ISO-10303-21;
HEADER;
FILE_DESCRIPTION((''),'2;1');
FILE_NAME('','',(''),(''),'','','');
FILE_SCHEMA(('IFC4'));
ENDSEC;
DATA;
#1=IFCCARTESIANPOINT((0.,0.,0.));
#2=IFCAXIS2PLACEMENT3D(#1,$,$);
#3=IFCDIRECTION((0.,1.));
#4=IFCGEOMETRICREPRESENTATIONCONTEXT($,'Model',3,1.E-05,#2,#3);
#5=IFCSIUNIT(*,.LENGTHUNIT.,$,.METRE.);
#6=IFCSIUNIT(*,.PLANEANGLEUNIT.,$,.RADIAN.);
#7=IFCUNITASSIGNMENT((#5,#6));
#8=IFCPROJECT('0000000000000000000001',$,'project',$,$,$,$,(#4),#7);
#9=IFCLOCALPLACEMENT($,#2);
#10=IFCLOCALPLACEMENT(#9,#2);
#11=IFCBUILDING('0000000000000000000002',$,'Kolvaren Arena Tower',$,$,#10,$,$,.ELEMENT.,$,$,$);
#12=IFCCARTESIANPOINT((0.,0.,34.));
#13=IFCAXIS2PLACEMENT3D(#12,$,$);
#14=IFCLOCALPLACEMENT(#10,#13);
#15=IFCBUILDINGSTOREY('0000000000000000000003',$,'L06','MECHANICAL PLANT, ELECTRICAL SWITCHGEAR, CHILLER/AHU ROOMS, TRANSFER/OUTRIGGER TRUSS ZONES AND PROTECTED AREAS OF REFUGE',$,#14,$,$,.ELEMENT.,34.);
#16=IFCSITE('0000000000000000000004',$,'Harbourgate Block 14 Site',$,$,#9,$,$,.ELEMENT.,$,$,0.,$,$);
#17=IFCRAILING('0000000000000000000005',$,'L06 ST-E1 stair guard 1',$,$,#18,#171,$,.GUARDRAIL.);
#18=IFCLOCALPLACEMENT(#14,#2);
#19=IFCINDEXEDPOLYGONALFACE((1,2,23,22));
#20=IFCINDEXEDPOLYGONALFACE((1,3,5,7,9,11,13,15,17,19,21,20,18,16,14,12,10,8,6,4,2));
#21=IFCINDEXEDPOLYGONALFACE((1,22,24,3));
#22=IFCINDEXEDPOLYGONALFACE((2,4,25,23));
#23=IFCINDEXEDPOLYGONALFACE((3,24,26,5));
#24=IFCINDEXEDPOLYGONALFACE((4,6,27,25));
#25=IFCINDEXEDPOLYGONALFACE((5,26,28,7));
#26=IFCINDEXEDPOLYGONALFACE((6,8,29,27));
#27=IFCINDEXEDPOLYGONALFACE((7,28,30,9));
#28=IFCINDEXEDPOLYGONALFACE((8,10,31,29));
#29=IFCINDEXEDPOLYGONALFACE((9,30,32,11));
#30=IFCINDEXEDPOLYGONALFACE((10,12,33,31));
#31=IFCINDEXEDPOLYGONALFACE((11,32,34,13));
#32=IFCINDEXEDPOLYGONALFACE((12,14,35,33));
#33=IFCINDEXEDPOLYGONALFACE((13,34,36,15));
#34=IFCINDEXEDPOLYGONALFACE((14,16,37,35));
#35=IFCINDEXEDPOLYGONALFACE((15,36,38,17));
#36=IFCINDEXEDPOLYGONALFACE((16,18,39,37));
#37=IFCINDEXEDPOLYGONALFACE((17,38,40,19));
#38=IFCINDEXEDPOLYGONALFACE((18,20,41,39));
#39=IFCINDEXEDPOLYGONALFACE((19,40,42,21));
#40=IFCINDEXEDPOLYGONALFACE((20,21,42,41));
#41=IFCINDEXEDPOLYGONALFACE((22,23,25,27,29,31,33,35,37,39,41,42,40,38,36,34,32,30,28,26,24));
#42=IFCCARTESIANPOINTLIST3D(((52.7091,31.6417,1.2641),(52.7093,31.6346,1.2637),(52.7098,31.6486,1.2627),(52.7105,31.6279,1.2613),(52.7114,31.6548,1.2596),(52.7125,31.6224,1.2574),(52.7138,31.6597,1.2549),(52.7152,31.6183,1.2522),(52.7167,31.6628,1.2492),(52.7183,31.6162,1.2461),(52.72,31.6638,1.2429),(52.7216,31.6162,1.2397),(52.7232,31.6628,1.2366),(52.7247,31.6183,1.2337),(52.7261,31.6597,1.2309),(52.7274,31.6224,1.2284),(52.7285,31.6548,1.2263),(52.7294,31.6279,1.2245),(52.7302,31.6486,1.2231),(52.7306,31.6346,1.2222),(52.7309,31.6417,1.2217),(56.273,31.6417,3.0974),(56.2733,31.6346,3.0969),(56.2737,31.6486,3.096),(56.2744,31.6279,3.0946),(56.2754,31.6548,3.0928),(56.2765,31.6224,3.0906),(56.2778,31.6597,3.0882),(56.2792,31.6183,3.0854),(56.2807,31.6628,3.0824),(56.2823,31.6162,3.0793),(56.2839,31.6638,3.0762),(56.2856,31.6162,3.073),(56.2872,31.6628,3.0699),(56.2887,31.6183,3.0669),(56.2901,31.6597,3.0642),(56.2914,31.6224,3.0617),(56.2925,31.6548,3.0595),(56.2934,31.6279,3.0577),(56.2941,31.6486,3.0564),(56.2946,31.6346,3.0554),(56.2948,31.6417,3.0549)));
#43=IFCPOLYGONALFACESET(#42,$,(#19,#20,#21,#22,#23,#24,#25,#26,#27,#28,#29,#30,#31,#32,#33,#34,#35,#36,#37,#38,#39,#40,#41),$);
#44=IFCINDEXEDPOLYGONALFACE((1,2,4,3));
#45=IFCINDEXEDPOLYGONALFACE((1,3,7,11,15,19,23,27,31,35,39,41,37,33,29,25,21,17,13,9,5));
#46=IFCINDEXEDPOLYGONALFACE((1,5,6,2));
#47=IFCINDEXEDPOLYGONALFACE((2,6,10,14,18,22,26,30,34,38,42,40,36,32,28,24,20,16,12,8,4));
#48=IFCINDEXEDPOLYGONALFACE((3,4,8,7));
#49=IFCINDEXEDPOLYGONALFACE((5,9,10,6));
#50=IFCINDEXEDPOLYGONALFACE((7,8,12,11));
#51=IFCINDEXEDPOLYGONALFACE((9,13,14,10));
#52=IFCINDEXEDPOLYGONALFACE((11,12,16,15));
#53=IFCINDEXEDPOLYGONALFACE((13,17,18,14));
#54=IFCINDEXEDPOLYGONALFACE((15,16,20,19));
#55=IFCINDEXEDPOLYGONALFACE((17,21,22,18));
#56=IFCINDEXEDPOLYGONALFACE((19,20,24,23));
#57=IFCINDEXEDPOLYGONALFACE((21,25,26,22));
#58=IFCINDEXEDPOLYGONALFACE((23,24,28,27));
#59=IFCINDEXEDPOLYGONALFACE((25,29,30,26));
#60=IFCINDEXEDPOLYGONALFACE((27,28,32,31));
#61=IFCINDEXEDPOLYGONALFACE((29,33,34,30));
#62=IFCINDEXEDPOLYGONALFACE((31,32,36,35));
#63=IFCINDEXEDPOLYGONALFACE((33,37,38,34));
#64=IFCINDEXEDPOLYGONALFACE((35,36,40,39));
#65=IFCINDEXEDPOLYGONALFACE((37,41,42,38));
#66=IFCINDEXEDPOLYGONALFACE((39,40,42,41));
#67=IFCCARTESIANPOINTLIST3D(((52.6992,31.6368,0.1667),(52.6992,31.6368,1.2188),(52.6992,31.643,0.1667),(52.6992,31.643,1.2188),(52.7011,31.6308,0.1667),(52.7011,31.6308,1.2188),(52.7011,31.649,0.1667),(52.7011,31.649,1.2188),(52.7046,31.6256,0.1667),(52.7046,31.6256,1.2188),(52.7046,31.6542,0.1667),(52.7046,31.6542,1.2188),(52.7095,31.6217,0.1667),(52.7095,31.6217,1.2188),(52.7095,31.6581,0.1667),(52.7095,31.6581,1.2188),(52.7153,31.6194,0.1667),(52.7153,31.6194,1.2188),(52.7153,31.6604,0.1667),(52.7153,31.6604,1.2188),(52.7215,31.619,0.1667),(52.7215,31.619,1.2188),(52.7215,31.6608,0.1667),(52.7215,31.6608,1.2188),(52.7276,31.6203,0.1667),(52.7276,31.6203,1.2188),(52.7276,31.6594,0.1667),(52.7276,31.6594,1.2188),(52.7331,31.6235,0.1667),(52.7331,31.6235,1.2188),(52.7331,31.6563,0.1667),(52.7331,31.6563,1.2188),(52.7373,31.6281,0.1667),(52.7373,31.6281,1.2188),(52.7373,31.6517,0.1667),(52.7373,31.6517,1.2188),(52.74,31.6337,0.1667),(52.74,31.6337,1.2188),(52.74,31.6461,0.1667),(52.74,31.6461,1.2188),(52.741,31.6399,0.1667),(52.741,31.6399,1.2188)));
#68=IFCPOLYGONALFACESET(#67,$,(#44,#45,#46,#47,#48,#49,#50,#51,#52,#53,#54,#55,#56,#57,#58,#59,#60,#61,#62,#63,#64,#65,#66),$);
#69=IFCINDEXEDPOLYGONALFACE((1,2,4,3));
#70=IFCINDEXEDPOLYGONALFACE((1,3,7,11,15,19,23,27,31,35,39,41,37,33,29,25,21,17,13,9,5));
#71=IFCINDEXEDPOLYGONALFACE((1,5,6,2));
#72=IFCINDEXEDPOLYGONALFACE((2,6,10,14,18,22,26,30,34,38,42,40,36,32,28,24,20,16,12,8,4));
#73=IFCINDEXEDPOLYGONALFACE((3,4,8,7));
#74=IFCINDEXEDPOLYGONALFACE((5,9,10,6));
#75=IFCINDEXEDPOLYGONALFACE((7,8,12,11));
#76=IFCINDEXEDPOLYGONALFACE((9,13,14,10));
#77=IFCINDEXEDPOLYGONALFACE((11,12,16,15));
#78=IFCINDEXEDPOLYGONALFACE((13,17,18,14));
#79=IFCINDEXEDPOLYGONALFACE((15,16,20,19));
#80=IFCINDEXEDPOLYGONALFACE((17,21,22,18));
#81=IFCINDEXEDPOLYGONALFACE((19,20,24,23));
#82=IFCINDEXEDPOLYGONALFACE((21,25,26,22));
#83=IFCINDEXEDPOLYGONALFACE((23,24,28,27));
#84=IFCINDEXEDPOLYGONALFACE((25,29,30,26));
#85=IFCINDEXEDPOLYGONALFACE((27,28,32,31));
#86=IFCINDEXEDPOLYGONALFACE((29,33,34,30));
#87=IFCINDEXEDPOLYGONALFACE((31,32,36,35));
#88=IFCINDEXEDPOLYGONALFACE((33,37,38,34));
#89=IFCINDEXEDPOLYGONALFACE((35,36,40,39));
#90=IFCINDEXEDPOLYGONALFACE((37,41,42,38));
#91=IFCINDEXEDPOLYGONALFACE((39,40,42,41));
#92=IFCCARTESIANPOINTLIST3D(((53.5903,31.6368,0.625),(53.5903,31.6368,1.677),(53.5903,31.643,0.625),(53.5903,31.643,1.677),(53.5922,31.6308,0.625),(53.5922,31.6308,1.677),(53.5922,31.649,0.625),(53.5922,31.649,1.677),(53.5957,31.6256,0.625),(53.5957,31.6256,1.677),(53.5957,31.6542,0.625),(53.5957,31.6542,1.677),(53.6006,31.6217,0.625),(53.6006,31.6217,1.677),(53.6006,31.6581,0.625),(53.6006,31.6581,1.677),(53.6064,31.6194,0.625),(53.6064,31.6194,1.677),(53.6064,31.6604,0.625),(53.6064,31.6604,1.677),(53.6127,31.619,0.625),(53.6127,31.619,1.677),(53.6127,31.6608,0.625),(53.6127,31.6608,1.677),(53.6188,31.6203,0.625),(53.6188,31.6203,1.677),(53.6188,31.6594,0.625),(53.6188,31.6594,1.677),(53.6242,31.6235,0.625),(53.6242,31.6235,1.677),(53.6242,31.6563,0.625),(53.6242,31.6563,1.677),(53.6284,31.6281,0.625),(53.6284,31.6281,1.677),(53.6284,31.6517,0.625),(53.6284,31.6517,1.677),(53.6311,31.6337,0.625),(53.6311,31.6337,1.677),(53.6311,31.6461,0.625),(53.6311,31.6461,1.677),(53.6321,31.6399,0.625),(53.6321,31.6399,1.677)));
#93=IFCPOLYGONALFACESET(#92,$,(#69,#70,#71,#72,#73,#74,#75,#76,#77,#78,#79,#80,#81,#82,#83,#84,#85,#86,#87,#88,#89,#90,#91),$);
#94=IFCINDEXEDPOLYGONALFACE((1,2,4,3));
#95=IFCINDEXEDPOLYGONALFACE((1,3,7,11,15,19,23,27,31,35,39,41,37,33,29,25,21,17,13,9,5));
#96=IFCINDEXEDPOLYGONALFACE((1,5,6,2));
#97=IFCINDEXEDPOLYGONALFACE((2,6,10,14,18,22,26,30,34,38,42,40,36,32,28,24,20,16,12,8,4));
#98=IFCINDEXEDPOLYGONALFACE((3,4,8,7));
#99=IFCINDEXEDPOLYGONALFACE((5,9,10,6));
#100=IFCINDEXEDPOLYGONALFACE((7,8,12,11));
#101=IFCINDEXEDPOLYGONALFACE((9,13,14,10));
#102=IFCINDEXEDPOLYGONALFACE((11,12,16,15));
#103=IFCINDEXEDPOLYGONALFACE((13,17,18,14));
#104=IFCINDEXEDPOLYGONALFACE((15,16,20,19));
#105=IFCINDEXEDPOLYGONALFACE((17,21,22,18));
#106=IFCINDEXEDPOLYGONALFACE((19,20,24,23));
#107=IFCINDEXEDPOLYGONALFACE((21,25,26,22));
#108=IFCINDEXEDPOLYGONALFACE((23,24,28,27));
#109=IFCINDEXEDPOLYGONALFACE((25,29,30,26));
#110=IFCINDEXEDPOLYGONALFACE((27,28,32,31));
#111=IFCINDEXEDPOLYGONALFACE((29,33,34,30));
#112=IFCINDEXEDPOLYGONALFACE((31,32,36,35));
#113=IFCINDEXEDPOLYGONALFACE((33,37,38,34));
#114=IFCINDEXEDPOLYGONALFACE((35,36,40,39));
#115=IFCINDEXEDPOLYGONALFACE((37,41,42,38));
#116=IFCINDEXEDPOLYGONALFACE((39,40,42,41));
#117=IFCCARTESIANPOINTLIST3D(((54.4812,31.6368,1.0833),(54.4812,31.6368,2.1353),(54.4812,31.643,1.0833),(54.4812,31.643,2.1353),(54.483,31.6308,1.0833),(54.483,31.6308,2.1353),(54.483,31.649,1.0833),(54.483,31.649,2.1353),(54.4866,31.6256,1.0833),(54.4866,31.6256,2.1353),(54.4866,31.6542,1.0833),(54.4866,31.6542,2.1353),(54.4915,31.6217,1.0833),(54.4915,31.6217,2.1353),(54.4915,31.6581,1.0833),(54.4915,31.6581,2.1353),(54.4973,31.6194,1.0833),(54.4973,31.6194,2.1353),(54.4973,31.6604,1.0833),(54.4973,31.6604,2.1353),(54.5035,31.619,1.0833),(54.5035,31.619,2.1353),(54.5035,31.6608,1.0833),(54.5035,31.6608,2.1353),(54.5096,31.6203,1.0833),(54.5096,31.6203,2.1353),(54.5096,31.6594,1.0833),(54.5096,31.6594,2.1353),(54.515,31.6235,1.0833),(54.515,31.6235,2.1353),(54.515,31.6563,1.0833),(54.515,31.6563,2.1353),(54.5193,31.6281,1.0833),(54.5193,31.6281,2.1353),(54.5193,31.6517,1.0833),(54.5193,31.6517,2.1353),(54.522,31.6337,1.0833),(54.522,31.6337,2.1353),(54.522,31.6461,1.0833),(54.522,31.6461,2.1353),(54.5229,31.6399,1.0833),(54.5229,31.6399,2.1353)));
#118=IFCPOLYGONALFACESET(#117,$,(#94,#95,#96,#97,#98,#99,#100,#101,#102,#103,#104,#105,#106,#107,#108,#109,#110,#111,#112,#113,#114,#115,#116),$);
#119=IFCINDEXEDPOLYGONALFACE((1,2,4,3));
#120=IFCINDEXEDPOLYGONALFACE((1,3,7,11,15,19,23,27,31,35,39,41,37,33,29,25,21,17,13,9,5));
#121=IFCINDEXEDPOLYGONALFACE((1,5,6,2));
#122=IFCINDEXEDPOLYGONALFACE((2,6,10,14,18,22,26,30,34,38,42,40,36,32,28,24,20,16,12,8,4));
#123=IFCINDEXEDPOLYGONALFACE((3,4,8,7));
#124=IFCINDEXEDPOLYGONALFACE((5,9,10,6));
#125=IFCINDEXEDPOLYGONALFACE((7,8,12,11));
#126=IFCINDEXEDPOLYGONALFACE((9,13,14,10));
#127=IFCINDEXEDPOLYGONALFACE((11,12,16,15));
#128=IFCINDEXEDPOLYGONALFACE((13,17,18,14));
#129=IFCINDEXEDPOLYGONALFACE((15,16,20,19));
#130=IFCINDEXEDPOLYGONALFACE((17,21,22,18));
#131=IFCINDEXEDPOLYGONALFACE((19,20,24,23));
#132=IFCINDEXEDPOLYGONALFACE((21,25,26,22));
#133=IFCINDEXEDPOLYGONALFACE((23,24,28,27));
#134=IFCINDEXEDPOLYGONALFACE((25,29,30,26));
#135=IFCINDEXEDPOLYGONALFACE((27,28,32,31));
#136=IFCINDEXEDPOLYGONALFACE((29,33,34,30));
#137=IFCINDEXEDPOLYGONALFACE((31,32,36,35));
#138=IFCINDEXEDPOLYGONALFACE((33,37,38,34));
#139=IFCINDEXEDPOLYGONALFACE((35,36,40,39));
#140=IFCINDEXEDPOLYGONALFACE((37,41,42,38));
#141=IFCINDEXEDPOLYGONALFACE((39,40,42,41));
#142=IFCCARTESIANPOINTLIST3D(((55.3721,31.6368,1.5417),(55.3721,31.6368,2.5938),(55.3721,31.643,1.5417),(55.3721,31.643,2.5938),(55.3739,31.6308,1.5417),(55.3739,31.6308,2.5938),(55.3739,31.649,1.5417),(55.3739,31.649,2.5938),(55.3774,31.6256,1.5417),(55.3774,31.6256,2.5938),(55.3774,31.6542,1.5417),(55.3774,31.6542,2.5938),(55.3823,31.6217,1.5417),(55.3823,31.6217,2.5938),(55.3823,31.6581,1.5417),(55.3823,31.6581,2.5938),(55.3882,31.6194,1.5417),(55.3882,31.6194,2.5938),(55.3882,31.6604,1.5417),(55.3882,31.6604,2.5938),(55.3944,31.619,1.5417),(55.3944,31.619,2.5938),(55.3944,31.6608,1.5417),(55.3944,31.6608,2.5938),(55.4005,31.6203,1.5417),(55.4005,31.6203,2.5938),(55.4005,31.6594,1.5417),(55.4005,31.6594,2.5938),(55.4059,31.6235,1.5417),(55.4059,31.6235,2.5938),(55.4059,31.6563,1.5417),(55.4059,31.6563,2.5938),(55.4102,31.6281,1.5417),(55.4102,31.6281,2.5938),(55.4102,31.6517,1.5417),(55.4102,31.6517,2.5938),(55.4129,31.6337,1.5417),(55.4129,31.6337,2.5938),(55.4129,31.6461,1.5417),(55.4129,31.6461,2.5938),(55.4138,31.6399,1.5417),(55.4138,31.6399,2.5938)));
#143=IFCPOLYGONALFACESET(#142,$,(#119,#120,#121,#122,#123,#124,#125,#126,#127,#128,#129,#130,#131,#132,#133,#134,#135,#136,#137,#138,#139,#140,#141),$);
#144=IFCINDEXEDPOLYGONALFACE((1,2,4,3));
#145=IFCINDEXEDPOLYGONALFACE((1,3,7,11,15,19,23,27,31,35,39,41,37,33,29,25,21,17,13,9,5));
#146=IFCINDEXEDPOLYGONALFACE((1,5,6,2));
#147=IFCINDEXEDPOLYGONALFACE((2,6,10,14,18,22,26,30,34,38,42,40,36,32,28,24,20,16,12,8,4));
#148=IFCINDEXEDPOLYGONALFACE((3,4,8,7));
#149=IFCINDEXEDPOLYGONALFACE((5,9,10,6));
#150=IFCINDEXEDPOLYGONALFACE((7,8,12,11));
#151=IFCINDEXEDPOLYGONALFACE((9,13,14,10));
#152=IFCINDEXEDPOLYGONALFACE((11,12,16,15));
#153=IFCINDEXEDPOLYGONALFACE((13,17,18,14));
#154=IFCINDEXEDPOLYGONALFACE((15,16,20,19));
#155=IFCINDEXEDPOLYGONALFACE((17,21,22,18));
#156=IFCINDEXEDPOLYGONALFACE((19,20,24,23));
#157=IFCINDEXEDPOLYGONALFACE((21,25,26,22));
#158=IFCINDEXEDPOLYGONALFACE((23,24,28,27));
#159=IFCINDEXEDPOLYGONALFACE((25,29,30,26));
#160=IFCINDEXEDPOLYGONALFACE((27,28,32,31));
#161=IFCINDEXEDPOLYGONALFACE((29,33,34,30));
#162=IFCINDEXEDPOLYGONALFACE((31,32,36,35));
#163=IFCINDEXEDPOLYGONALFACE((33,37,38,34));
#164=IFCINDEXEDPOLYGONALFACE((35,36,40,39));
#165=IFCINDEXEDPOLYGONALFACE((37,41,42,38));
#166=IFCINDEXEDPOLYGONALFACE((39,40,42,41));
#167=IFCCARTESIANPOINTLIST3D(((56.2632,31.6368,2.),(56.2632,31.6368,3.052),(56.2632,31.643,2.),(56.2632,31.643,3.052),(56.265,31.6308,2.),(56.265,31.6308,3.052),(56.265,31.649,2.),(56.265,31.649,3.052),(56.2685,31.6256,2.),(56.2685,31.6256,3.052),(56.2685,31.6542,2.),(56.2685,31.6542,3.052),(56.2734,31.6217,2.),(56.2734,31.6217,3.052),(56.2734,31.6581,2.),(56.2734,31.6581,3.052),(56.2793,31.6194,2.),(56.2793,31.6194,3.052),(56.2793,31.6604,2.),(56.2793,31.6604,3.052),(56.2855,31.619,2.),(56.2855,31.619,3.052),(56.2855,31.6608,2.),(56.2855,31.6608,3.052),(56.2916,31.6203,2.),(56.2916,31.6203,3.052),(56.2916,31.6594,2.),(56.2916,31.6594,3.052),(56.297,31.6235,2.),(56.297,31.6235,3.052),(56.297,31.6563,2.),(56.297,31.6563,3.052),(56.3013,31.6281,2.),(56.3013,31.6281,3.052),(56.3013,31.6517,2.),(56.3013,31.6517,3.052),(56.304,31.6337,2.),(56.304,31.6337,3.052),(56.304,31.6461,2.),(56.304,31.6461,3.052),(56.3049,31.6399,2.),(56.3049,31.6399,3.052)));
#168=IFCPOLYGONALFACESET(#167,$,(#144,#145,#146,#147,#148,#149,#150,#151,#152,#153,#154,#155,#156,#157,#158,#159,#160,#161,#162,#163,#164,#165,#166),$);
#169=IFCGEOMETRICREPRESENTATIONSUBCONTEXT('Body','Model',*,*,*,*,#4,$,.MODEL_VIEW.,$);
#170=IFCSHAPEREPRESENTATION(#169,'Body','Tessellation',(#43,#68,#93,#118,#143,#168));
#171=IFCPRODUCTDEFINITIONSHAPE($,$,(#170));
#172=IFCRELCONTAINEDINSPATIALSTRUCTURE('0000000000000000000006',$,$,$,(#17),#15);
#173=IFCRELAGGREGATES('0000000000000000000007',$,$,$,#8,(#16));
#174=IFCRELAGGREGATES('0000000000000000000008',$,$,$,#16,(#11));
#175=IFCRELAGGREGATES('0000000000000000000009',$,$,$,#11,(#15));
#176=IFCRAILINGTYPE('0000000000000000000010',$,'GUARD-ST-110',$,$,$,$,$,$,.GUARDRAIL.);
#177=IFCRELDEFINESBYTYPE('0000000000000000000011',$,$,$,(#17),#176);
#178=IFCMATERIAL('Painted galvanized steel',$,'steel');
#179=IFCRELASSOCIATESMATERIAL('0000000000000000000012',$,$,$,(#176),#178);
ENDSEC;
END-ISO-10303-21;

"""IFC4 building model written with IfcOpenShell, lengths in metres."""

from ifc_helpers import new_model, si_unit, direction, frame, origin, origin_2d, place, context, subcontext, project, spatial, circle, extrude, material, type_object, element, save


model = new_model("IFC4")

# Units and contexts
model_context = context("Model", 3, precision=1e-05, world=origin(), true_north=direction((0.0, 1.0)))
body_context = subcontext(model_context, "Body", "Model", "MODEL_VIEW")
ifc_project = project(units=[si_unit("LENGTHUNIT", "METRE"), si_unit("PLANEANGLEUNIT", "RADIAN")], contexts=[model_context])

# Site, building, storey
site_placement = place(None, origin())
site = spatial("IfcSite", under=ifc_project, at=site_placement, Name="Harbourgate Block 14 Site", CompositionType="ELEMENT", RefElevation=0.0)
building_placement = place(site_placement, origin())
building = spatial("IfcBuilding", under=site, at=building_placement, Name="Kolvaren Arena Tower", CompositionType="ELEMENT")
storey_placement = place(building_placement, frame((0.0, 0.0, 34.0)))
storey = spatial("IfcBuildingStorey", under=building, at=storey_placement, Name="L06", Description="MECHANICAL PLANT, ELECTRICAL SWITCHGEAR, CHILLER/AHU ROOMS, TRANSFER/OUTRIGGER TRUSS ZONES AND PROTECTED AREAS OF REFUGE", CompositionType="ELEMENT", Elevation=34.0)

# Railing
ifc_material_1 = material(Name="Painted galvanized steel", Category="steel")
railing_type_1 = type_object("IfcRailingType", Name="GUARD-ST-110", PredefinedType="GUARDRAIL", material=ifc_material_1)
railing_1_placement = place(storey_placement, frame((52.72, 31.6399, 0.1667)))
element("IfcRailing", 1, at=railing_1_placement, inside=storey, type_object=railing_type_1, Name="L06 ST-E1 stair guard 1", PredefinedType="GUARDRAIL", context=body_context, shape_type="SweptSolid", body=[
    extrude(circle(Radius=0.0239, at=origin_2d()), frame((0.0, 0.0, 1.0762), z_axis=(0.889252, 0.0, 0.457418), x_axis=(0.0, 1.0, 0.0)), (0.0, 0.0, 1.0), 4.0078),
    extrude(circle(Radius=0.021, at=origin_2d()), origin(), (0.0, 0.0, 1.0), 1.052),
    extrude(circle(Radius=0.021, at=origin_2d()), frame((0.8911, 0.0, 0.4583)), (0.0, 0.0, 1.0), 1.052),
    extrude(circle(Radius=0.021, at=origin_2d()), frame((1.782, 0.0, 0.9165)), (0.0, 0.0, 1.0), 1.052),
    extrude(circle(Radius=0.021, at=origin_2d()), frame((2.6729, 0.0, 1.375)), (0.0, 0.0, 1.0), 1.052),
    extrude(circle(Radius=0.021, at=origin_2d()), frame((3.564, 0.0, 1.8333)), (0.0, 0.0, 1.0), 1.052),
])

save(model, "model.ifc")
